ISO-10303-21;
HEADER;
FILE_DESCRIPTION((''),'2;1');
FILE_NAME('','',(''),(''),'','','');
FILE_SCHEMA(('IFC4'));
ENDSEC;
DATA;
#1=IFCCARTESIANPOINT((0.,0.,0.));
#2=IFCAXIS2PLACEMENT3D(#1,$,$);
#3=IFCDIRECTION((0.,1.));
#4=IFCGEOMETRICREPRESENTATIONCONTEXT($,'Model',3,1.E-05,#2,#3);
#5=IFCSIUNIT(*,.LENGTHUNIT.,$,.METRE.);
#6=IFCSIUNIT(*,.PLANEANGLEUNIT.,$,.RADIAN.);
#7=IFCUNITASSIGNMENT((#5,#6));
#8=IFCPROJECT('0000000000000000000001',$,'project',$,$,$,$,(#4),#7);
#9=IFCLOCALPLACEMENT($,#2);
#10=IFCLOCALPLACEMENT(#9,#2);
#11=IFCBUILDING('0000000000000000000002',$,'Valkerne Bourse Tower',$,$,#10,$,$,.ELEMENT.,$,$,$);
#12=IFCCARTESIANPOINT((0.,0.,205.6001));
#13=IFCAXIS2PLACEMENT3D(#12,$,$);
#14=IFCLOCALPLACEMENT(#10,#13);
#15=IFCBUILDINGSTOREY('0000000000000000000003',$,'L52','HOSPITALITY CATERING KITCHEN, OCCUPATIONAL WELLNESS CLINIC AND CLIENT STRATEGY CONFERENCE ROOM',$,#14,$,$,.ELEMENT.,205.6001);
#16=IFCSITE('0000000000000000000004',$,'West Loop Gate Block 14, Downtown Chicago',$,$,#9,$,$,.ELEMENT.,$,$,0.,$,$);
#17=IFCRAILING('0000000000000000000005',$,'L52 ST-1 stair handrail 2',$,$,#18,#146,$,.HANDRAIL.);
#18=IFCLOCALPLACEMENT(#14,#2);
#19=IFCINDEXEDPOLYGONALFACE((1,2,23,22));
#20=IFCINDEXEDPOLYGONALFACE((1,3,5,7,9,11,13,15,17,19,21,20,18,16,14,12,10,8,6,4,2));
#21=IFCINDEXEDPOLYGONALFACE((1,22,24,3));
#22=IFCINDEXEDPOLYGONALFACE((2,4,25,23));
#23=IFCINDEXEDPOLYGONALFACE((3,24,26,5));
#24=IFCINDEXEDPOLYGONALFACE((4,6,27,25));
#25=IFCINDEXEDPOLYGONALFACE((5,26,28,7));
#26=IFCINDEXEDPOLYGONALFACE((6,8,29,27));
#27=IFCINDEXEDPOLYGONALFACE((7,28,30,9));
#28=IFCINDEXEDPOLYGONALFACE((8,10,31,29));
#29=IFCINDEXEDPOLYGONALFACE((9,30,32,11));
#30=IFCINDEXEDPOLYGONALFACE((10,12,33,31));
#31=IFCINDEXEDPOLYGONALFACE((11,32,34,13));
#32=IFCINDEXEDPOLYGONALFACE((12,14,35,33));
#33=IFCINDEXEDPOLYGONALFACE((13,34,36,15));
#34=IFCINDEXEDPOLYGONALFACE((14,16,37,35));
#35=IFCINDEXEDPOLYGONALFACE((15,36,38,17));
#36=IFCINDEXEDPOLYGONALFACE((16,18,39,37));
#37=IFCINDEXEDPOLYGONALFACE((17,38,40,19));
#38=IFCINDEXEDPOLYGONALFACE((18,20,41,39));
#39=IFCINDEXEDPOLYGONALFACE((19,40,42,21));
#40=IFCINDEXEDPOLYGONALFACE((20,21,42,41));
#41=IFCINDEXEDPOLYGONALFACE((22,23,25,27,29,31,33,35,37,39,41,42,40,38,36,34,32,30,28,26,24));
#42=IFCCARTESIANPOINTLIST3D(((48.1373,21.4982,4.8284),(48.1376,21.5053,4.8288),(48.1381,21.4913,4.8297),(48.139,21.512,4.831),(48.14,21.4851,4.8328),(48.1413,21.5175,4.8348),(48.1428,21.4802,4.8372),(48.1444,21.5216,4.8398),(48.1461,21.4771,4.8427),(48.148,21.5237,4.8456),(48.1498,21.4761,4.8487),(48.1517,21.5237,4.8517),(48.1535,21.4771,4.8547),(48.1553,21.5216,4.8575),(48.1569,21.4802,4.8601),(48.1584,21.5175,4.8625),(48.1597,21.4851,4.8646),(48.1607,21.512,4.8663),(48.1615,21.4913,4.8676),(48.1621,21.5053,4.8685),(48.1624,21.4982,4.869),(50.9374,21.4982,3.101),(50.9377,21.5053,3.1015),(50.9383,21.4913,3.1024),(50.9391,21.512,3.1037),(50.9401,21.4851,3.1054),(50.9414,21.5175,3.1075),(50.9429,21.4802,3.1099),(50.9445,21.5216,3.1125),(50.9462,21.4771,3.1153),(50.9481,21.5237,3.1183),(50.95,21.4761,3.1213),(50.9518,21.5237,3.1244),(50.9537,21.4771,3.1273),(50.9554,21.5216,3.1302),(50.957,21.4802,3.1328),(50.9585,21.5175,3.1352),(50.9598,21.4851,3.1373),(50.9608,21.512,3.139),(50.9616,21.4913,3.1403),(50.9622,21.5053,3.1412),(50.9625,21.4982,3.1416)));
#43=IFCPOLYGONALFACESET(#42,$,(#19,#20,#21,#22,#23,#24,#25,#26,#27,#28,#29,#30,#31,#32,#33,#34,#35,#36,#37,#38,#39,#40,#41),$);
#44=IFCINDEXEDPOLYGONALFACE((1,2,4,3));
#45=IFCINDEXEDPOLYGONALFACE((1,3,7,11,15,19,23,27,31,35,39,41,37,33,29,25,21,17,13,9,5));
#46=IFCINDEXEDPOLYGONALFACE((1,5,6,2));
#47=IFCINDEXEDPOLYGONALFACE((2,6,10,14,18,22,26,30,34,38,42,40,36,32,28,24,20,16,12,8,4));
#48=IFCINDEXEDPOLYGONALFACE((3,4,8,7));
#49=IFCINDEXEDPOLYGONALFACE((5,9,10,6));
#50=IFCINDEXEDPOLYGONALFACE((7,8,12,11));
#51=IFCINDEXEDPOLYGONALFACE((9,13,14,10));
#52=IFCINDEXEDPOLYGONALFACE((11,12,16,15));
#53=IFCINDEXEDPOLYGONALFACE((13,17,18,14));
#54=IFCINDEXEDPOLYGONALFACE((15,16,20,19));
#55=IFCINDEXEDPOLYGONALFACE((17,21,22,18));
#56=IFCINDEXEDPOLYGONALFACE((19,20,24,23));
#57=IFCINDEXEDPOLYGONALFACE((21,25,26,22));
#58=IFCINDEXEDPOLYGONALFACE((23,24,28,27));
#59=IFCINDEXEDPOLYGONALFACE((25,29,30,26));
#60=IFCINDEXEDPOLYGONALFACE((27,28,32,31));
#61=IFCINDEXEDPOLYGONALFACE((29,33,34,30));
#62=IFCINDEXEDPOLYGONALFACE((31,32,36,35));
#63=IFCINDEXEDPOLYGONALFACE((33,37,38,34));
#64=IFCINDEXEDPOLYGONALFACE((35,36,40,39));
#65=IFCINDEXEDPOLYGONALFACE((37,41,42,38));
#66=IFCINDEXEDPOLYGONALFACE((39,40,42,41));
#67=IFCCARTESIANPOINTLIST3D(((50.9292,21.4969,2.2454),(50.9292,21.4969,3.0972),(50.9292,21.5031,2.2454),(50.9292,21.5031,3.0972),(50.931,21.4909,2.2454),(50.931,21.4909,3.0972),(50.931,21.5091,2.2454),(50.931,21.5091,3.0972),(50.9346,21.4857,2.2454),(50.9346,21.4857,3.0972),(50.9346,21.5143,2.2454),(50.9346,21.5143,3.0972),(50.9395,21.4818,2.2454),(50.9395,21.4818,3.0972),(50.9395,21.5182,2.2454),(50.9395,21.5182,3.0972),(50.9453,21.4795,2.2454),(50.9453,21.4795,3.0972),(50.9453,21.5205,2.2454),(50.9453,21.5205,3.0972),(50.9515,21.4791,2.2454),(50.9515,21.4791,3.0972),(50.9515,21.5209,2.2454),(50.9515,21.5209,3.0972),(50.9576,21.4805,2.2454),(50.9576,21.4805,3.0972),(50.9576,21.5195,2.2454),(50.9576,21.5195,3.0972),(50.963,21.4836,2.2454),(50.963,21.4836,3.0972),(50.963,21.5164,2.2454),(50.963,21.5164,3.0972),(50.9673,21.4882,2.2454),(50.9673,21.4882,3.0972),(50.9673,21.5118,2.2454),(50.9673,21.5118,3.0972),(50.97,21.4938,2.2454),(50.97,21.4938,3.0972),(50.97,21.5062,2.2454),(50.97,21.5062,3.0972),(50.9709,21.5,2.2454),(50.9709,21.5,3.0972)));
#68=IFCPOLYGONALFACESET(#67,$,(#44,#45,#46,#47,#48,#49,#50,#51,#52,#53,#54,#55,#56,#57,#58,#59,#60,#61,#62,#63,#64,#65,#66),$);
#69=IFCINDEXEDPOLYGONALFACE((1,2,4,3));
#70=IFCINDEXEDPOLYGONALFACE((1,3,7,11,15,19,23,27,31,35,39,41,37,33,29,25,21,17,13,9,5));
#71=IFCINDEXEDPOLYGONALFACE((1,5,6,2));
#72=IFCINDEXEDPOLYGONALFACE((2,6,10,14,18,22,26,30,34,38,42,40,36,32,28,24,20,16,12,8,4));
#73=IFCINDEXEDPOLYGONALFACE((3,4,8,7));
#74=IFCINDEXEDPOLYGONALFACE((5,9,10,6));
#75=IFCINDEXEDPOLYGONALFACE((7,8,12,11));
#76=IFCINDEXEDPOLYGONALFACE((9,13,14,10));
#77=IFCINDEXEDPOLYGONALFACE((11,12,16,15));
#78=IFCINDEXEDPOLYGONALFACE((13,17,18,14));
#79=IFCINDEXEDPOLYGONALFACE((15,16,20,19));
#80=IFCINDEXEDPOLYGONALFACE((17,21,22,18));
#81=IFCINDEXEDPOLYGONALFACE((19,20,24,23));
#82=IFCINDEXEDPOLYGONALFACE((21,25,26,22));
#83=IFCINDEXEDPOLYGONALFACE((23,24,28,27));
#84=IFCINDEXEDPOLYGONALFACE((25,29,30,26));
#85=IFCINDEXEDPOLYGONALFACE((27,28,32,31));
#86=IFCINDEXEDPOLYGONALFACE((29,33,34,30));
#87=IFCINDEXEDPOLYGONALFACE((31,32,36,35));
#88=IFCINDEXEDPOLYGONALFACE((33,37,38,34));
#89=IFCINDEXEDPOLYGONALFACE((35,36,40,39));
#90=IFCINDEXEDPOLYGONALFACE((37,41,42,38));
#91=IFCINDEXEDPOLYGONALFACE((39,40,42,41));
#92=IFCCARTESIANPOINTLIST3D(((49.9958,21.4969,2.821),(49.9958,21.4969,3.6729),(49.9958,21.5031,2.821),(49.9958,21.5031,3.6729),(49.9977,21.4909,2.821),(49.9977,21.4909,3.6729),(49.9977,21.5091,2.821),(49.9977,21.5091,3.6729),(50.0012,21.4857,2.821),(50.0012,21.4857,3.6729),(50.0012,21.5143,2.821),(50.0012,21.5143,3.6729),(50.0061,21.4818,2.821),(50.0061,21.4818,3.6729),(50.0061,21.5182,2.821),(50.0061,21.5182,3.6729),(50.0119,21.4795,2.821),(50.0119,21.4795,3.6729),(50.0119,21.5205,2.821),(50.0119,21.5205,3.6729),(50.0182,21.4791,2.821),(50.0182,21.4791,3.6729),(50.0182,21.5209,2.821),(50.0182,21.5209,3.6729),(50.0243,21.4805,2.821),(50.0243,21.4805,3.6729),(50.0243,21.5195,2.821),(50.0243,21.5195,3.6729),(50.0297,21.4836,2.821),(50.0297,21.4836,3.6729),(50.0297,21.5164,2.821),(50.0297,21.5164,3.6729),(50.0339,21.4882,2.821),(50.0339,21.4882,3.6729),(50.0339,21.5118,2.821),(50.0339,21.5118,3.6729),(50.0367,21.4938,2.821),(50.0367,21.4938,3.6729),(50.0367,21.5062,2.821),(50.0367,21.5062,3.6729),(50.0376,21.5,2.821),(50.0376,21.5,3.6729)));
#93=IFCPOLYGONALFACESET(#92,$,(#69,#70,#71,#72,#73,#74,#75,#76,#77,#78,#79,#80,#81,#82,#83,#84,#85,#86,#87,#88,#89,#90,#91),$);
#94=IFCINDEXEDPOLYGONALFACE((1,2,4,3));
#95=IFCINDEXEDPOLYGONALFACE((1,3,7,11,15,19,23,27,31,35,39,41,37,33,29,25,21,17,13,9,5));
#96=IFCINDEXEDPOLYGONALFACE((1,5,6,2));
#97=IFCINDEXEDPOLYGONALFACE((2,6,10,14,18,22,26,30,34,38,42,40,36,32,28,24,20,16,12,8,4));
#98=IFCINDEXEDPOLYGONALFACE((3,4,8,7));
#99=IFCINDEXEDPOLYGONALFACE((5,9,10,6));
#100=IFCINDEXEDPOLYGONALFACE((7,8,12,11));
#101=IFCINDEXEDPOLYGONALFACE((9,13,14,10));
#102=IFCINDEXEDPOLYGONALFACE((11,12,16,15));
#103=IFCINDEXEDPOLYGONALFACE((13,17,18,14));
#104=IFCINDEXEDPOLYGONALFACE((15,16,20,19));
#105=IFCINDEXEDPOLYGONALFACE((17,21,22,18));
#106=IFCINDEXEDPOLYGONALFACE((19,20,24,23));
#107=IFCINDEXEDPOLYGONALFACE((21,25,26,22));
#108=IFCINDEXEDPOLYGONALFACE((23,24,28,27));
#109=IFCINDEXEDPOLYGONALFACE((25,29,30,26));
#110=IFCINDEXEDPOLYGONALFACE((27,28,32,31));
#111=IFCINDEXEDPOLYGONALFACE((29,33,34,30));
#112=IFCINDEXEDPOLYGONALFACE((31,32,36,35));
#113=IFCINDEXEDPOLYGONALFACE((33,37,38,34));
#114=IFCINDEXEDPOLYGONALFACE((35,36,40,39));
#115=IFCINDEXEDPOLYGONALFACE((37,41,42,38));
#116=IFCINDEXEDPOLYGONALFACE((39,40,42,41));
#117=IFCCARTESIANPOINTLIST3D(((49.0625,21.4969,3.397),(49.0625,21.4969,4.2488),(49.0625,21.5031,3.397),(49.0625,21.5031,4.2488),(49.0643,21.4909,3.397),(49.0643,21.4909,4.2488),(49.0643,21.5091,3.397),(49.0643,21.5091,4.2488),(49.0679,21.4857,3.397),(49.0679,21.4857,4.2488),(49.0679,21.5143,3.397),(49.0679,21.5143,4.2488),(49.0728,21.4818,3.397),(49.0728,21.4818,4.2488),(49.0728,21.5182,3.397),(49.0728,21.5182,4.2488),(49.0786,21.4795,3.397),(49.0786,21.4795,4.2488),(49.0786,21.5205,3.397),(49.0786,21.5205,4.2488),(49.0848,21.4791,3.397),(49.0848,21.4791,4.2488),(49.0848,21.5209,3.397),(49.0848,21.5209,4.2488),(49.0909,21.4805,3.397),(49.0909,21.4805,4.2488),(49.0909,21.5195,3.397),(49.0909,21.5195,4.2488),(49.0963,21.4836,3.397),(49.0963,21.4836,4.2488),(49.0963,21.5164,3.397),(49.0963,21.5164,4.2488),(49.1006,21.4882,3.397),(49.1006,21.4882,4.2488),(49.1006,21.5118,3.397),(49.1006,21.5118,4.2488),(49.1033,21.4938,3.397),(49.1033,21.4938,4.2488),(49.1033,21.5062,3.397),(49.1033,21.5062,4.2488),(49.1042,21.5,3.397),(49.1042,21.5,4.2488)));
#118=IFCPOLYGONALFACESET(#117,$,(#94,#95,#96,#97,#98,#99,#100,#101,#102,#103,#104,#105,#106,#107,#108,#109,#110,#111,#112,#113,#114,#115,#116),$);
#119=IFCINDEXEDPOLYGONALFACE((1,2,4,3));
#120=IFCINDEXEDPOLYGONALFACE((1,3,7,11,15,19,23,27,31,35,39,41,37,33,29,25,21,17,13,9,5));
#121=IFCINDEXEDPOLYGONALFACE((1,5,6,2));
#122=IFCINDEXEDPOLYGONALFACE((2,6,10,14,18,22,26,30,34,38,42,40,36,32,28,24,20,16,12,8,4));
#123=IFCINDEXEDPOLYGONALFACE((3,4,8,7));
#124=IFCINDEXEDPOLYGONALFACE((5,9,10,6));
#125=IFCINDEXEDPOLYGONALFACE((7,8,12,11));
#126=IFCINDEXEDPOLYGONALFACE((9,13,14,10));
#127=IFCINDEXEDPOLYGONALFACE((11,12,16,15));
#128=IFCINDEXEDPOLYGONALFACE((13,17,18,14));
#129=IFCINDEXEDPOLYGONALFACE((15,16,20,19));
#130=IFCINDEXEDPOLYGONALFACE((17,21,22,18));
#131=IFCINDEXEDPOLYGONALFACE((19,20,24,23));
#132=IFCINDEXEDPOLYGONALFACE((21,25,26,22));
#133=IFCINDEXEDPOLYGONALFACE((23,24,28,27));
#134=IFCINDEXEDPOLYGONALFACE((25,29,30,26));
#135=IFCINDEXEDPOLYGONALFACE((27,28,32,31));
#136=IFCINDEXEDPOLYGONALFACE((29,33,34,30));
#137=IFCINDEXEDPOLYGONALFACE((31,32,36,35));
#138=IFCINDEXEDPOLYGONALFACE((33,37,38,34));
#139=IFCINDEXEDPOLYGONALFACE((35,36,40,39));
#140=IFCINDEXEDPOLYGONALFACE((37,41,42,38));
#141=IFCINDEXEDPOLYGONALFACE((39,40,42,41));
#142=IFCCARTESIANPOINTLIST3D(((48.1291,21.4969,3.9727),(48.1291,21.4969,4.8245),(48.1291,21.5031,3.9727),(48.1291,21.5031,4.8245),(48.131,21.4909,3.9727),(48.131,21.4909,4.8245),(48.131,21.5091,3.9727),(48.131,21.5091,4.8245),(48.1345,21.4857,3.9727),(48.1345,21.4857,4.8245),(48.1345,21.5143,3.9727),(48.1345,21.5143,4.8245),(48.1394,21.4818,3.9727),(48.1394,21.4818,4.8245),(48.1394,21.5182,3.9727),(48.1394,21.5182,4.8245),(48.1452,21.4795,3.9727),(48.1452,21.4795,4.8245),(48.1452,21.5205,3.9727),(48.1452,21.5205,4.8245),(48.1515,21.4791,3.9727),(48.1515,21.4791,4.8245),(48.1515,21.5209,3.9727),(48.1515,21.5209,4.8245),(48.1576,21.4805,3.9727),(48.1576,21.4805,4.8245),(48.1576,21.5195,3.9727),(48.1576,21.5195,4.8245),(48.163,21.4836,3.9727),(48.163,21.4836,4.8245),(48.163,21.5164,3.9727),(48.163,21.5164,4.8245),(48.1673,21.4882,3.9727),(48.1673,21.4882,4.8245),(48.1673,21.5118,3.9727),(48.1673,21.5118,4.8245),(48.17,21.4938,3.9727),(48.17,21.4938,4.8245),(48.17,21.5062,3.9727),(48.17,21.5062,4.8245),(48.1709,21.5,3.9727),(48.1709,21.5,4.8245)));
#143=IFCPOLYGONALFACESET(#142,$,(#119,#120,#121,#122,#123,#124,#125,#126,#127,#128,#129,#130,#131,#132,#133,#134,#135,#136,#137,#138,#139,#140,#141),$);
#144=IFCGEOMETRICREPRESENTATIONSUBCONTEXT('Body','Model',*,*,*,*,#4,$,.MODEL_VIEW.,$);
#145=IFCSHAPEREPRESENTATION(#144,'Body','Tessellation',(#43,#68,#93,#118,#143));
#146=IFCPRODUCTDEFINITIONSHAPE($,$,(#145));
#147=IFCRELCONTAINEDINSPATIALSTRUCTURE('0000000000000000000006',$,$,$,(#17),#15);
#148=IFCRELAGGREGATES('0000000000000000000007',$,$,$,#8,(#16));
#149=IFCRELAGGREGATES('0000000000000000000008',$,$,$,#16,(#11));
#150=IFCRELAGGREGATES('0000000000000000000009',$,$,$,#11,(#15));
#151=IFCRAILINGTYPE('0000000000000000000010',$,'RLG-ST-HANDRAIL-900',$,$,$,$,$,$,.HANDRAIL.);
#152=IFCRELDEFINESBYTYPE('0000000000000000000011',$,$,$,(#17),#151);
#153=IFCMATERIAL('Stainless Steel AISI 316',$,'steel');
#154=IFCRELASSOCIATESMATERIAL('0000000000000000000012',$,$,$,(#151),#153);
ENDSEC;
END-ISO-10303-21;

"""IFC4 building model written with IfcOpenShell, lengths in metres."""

from ifc_helpers import new_model, si_unit, direction, frame, origin, origin_2d, place, context, subcontext, project, spatial, circle, extrude, material, type_object, element, save


model = new_model("IFC4")

# Units and contexts
model_context = context("Model", 3, precision=1e-05, world=origin(), true_north=direction((0.0, 1.0)))
body_context = subcontext(model_context, "Body", "Model", "MODEL_VIEW")
ifc_project = project(units=[si_unit("LENGTHUNIT", "METRE"), si_unit("PLANEANGLEUNIT", "RADIAN")], contexts=[model_context])

# Site, building, storey
site_placement = place(None, origin())
site = spatial("IfcSite", under=ifc_project, at=site_placement, Name="West Loop Gate Block 14, Downtown Chicago", CompositionType="ELEMENT", RefElevation=0.0)
building_placement = place(site_placement, origin())
building = spatial("IfcBuilding", under=site, at=building_placement, Name="Valkerne Bourse Tower", CompositionType="ELEMENT")
storey_placement = place(building_placement, frame((0.0, 0.0, 205.6001)))
storey = spatial("IfcBuildingStorey", under=building, at=storey_placement, Name="L52", Description="HOSPITALITY CATERING KITCHEN, OCCUPATIONAL WELLNESS CLINIC AND CLIENT STRATEGY CONFERENCE ROOM", CompositionType="ELEMENT", Elevation=205.6001)

# Shared definitions
ifc_material_1 = material(Name="Stainless Steel AISI 316", Category="steel")

# Railing
railing_type_1 = type_object("IfcRailingType", Name="RLG-ST-HANDRAIL-900", PredefinedType="HANDRAIL", material=ifc_material_1)
railing_1_placement = place(storey_placement, frame((50.95, 21.5, 2.2454)))
element("IfcRailing", 1, at=railing_1_placement, inside=storey, type_object=railing_type_1, Name="L52 ST-1 stair handrail 2", PredefinedType="HANDRAIL", context=body_context, shape_type="SweptSolid", body=[
    extrude(circle(Radius=0.0239, at=origin_2d()), frame((0.0, 0.0, 0.876), z_axis=(-0.85109, 0.0, 0.52502), x_axis=(0.0, -1.0, 0.0)), (0.0, 0.0, 1.0), 3.29),
    extrude(circle(Radius=0.021, at=origin_2d()), origin(), (0.0, 0.0, 1.0), 0.8518),
    extrude(circle(Radius=0.021, at=origin_2d()), frame((-0.9333, 0.0, 0.5757)), (0.0, 0.0, 1.0), 0.8518),
    extrude(circle(Radius=0.021, at=origin_2d()), frame((-1.8667, 0.0, 1.1516)), (0.0, 0.0, 1.0), 0.8518),
    extrude(circle(Radius=0.021, at=origin_2d()), frame((-2.8, 0.0, 1.7273)), (0.0, 0.0, 1.0), 0.8518),
])

save(model, "model.ifc")
